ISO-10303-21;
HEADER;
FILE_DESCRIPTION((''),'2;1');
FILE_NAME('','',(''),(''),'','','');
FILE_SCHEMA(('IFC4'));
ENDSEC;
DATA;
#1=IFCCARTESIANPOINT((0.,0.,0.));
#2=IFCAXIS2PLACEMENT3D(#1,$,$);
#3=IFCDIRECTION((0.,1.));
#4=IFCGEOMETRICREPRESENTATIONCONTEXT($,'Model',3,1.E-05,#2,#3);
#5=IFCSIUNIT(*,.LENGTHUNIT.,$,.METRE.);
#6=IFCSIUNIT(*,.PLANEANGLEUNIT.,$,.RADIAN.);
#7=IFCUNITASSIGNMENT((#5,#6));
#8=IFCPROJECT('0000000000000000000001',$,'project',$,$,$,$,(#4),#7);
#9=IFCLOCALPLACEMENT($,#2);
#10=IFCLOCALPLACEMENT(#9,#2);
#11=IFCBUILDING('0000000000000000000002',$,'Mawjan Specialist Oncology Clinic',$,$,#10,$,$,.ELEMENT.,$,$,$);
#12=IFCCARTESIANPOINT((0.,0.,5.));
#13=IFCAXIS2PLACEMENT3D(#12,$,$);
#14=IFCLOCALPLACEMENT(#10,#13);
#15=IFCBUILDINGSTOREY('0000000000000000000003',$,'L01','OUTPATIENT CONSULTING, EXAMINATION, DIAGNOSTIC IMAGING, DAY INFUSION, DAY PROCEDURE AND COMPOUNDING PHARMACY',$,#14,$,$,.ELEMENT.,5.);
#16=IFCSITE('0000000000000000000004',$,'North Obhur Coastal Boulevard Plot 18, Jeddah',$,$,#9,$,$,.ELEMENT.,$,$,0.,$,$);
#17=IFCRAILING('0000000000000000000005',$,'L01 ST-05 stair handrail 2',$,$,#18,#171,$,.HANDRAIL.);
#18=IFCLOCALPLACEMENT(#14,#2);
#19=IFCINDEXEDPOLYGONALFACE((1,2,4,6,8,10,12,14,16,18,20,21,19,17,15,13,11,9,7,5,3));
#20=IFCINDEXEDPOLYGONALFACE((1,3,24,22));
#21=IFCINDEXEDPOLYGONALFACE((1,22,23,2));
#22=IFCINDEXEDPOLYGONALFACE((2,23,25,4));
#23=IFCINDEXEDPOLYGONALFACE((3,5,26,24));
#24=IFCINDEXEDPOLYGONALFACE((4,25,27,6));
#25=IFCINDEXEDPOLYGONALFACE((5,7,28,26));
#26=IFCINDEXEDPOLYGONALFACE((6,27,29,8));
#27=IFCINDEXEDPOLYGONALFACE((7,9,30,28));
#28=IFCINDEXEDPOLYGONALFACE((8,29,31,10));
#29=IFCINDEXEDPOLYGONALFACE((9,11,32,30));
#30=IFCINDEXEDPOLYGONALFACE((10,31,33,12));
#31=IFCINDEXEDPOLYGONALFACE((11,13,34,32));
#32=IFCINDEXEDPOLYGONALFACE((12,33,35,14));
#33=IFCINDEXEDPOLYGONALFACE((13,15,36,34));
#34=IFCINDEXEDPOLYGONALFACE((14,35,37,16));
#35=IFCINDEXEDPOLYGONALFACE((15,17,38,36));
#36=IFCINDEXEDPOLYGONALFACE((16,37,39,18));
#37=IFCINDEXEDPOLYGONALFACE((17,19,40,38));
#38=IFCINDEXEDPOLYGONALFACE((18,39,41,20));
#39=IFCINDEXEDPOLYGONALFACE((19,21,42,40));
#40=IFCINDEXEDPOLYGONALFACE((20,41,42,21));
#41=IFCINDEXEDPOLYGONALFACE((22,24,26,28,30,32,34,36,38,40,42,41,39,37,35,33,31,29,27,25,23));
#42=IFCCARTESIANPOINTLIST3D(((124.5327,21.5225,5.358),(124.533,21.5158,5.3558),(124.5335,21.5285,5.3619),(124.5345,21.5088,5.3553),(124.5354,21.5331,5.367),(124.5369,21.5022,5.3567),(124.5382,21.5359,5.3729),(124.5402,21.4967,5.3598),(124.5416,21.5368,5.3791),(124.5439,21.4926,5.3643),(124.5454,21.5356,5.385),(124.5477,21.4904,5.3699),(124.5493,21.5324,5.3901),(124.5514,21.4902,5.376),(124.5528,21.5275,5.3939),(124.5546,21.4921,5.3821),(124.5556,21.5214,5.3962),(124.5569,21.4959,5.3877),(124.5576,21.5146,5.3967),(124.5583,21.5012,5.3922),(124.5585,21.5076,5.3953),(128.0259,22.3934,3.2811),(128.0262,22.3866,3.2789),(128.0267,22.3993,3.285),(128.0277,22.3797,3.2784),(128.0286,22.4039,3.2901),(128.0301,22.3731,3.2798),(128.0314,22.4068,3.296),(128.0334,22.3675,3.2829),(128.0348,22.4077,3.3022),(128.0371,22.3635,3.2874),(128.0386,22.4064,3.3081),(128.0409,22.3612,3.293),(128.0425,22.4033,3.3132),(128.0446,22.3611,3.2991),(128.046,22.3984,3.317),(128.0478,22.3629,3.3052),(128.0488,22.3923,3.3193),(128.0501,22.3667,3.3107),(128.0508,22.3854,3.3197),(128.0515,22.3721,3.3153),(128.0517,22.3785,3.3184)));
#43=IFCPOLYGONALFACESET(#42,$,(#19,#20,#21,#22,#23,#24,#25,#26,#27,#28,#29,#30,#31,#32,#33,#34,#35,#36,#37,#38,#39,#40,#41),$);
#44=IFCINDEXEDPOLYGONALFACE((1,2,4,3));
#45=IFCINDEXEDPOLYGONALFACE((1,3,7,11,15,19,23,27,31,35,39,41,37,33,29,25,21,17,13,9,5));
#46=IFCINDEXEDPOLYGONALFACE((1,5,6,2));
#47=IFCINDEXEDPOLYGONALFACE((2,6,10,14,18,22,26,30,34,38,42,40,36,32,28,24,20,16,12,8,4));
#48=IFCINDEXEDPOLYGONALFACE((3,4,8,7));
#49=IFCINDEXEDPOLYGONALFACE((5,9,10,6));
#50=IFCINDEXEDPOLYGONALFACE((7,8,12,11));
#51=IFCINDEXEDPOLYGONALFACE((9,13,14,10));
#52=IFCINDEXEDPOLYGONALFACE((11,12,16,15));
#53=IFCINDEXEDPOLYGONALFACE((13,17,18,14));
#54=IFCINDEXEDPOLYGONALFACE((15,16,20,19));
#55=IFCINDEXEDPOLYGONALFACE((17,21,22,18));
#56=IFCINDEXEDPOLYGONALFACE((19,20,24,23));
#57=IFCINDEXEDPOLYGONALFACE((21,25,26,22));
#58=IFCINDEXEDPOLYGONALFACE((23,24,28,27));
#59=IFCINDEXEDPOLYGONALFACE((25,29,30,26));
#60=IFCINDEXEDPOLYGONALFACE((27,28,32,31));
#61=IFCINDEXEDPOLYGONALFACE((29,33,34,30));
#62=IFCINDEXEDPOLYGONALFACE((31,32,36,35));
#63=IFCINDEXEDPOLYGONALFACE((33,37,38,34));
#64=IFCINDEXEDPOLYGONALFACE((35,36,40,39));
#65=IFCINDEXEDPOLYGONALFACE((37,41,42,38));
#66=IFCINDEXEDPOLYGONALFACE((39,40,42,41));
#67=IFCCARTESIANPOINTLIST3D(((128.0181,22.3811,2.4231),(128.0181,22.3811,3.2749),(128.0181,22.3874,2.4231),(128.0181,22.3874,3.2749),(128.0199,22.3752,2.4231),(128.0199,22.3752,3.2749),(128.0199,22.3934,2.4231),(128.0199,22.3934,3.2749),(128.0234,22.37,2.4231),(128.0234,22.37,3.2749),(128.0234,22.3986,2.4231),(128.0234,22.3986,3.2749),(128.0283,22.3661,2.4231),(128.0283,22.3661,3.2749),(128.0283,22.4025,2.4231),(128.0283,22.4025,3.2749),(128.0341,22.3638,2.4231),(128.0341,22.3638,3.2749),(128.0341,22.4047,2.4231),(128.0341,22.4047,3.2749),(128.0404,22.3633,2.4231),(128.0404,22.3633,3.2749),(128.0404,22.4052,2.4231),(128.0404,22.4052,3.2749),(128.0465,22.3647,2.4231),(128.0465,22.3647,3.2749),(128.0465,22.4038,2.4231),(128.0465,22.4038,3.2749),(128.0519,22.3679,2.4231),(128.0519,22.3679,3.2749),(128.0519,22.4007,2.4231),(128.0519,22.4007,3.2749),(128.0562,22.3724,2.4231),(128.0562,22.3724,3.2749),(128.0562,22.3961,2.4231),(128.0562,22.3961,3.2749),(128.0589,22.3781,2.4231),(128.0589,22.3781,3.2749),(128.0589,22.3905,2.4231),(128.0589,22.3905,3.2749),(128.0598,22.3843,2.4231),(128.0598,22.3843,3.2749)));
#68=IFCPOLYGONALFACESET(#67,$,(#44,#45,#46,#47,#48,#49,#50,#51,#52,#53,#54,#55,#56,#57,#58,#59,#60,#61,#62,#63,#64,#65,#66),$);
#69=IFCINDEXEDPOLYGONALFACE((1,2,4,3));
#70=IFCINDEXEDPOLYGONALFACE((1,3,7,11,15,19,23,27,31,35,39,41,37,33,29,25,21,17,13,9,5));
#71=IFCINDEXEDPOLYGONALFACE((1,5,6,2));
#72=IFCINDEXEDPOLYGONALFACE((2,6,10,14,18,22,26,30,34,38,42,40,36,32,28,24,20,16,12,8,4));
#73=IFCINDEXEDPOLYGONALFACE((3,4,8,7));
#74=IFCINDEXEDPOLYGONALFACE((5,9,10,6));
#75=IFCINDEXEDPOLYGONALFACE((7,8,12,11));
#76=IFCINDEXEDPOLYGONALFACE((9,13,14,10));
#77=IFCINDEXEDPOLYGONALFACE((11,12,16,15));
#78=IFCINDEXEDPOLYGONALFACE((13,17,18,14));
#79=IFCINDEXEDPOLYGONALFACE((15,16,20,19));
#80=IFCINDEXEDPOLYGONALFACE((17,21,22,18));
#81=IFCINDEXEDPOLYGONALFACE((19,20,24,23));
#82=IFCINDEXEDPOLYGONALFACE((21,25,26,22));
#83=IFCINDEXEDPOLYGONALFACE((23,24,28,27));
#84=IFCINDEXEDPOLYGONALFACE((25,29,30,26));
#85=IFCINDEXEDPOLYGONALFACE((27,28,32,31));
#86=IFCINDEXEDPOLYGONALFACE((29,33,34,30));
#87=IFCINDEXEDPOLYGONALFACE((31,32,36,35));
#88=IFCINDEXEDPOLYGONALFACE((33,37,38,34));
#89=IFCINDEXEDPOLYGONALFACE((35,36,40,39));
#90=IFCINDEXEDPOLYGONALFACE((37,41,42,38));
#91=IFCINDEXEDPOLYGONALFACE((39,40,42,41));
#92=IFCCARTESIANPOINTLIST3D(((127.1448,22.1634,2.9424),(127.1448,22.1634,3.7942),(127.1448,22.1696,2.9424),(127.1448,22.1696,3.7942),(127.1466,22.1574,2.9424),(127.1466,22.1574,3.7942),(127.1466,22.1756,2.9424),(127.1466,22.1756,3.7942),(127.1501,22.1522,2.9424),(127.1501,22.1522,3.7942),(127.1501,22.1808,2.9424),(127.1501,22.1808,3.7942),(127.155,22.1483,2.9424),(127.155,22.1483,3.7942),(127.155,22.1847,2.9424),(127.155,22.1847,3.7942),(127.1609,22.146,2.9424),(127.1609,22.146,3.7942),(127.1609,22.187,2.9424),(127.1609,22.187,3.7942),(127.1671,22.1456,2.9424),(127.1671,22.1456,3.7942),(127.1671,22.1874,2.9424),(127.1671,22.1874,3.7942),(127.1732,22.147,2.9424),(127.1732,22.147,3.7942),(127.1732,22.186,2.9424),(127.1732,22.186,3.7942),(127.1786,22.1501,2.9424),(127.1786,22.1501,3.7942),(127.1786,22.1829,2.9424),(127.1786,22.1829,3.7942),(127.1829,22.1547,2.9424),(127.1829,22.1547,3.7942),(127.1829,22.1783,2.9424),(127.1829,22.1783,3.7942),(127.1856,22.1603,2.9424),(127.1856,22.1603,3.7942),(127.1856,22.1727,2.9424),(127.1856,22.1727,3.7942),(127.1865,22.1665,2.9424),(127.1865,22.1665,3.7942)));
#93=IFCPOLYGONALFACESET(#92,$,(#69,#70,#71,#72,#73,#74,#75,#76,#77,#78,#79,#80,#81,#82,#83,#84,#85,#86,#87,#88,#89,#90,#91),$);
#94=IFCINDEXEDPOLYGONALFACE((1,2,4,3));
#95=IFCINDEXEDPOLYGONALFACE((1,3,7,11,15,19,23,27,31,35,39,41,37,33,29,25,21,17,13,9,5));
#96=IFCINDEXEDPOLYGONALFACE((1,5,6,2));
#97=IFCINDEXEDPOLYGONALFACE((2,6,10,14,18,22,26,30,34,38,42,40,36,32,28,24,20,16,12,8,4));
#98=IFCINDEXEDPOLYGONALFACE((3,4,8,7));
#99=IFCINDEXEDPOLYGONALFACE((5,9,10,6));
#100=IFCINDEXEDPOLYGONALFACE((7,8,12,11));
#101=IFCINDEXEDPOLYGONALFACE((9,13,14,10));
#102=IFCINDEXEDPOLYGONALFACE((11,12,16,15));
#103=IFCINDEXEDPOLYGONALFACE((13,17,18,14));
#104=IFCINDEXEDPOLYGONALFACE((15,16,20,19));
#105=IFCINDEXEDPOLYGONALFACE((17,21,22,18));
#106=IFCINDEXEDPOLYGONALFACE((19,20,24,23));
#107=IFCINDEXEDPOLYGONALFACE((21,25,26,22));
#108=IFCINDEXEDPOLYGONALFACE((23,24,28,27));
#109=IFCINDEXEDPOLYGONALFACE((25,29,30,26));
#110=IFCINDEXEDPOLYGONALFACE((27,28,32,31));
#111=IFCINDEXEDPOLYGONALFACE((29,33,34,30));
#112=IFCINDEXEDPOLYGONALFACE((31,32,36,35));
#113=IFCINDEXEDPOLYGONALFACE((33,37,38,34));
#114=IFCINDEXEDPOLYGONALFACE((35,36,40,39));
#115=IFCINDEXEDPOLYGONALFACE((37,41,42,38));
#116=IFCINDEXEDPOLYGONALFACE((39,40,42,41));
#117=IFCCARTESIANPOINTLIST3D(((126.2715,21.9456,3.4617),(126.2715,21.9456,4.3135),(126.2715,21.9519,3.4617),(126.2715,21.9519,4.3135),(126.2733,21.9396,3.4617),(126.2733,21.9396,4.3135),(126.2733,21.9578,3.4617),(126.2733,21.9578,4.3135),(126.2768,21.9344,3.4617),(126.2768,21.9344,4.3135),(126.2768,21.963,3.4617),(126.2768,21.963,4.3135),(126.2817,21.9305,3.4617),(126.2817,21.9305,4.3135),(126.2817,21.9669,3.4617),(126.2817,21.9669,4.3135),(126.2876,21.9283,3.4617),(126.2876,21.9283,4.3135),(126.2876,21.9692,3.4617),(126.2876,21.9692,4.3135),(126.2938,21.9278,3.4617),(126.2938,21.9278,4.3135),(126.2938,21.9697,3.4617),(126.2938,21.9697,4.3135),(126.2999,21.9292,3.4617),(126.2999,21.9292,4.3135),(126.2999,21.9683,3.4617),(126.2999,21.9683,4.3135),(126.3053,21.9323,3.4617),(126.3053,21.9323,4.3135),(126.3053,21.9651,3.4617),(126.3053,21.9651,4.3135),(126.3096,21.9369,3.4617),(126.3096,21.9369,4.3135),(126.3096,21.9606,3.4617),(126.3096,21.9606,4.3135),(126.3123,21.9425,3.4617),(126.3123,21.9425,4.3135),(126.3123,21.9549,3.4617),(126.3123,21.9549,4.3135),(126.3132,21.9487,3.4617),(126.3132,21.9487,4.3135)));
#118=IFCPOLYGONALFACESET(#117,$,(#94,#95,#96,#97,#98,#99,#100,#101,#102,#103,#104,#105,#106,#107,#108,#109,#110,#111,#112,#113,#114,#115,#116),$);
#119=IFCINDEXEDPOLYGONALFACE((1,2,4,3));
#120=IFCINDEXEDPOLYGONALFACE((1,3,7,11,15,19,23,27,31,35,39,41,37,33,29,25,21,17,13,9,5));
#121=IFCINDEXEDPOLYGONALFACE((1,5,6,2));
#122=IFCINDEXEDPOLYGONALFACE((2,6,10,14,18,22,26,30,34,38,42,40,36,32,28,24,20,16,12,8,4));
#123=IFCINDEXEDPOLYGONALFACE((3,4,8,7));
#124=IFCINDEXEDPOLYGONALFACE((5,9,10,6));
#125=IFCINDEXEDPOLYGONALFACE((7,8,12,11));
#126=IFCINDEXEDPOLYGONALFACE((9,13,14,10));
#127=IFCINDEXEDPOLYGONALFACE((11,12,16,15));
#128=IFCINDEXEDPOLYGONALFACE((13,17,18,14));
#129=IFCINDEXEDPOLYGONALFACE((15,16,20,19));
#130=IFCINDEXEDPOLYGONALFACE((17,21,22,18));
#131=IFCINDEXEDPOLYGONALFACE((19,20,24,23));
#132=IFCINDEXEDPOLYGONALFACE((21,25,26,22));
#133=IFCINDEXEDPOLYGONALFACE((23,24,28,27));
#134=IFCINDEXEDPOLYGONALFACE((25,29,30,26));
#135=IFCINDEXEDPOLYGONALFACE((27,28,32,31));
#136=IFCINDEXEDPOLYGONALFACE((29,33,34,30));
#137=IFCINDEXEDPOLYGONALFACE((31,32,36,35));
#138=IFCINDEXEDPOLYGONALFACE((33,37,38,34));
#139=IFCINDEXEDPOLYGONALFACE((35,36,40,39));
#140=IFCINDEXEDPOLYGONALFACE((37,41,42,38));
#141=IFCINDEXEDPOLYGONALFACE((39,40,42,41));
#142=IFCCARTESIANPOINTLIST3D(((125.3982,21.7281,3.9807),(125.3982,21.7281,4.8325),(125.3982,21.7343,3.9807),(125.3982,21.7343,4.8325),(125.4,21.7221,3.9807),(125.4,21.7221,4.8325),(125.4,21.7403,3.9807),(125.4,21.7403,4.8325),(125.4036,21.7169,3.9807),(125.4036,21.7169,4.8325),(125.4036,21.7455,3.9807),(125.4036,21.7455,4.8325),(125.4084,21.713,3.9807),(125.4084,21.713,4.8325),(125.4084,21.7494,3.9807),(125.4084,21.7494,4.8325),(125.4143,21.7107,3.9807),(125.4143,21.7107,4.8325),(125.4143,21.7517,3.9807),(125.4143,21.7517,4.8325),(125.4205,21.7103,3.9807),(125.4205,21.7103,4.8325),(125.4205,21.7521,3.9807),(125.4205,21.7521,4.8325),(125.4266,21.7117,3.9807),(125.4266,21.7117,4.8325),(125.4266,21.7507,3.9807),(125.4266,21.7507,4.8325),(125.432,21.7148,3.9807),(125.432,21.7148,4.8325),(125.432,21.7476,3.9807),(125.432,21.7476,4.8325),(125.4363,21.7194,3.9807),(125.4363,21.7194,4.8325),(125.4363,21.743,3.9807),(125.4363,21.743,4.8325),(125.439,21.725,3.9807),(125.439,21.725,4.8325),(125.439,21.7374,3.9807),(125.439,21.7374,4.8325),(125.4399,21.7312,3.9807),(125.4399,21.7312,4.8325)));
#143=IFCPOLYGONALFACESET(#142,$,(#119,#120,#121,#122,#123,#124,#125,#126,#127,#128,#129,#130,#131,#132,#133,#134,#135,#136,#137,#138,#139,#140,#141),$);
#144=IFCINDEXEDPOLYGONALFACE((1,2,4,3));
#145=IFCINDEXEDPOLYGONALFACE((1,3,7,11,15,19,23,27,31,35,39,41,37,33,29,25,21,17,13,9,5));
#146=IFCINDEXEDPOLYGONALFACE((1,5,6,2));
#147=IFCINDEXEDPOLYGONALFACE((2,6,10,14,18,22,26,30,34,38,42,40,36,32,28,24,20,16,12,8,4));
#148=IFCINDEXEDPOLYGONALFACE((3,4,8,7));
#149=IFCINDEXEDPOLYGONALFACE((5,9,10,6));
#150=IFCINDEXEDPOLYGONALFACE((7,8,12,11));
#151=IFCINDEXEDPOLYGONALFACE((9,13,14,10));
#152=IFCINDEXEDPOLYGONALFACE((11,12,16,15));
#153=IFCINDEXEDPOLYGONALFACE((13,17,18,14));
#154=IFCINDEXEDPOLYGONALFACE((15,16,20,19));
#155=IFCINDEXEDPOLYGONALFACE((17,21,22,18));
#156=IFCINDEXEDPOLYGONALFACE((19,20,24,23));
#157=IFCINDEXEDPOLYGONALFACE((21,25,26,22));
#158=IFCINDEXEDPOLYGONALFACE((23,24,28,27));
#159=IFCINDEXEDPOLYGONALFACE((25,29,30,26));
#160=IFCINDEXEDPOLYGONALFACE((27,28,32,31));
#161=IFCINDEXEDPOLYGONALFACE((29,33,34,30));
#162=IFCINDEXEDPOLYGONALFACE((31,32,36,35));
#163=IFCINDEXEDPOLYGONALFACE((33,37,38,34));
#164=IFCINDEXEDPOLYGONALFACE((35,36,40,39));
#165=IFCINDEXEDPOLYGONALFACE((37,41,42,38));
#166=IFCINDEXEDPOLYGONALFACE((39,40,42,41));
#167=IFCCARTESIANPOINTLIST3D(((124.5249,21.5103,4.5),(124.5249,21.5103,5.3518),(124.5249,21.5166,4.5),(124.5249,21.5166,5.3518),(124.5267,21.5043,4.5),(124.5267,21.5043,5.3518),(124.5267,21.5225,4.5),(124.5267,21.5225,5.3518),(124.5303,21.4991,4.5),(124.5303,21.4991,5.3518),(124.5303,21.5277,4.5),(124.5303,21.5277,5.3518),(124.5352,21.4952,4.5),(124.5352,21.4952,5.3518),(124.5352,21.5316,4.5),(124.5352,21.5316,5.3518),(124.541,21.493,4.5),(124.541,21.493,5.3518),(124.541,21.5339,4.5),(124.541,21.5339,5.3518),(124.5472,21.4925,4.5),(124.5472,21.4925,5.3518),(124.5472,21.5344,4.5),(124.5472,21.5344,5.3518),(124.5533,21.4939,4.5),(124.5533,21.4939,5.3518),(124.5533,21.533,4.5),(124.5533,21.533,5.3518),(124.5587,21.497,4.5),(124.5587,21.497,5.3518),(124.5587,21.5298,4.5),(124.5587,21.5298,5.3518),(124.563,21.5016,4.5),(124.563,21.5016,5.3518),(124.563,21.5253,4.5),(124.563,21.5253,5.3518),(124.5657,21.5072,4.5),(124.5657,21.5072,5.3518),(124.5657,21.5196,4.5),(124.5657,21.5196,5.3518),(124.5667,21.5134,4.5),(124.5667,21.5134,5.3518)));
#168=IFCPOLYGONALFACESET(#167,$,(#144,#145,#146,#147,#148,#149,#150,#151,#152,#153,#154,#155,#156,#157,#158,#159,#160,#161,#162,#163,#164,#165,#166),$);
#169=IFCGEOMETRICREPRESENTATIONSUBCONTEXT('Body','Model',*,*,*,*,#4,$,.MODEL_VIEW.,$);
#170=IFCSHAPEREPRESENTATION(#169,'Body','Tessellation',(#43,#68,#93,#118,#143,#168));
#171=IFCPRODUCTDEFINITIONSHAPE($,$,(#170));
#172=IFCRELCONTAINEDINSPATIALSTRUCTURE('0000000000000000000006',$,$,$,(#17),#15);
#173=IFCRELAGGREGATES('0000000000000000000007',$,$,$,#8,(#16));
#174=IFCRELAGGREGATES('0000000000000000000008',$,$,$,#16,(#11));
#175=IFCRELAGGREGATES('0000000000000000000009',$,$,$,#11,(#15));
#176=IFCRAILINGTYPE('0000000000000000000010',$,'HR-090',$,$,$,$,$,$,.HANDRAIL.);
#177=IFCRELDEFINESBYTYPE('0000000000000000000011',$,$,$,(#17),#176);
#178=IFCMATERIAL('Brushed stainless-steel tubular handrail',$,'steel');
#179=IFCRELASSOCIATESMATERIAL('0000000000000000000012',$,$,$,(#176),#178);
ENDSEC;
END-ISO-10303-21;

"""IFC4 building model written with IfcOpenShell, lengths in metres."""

from ifc_helpers import new_model, si_unit, direction, frame, origin, origin_2d, place, context, subcontext, project, spatial, circle, extrude, material, type_object, element, save


model = new_model("IFC4")

# Units and contexts
model_context = context("Model", 3, precision=1e-05, world=origin(), true_north=direction((0.0, 1.0)))
body_context = subcontext(model_context, "Body", "Model", "MODEL_VIEW")
ifc_project = project(units=[si_unit("LENGTHUNIT", "METRE"), si_unit("PLANEANGLEUNIT", "RADIAN")], contexts=[model_context])

# Site, building, storey
site_placement = place(None, origin())
site = spatial("IfcSite", under=ifc_project, at=site_placement, Name="North Obhur Coastal Boulevard Plot 18, Jeddah", CompositionType="ELEMENT", RefElevation=0.0)
building_placement = place(site_placement, origin())
building = spatial("IfcBuilding", under=site, at=building_placement, Name="Mawjan Specialist Oncology Clinic", CompositionType="ELEMENT")
storey_placement = place(building_placement, frame((0.0, 0.0, 5.0)))
storey = spatial("IfcBuildingStorey", under=building, at=storey_placement, Name="L01", Description="OUTPATIENT CONSULTING, EXAMINATION, DIAGNOSTIC IMAGING, DAY INFUSION, DAY PROCEDURE AND COMPOUNDING PHARMACY", CompositionType="ELEMENT", Elevation=5.0)

# Railing
ifc_material_1 = material(Name="Brushed stainless-steel tubular handrail", Category="steel")
railing_type = type_object("IfcRailingType", Name="HR-090", PredefinedType="HANDRAIL", material=ifc_material_1)
railing_placement = place(storey_placement, frame((128.0388, 22.3843, 2.4231)))
element("IfcRailing", 1, at=railing_placement, inside=storey, type_object=railing_type, Name="L01 ST-05 stair handrail 2", PredefinedType="HANDRAIL", context=body_context, shape_type="SweptSolid", body=[
    extrude(circle(Radius=0.0239, at=origin_2d()), frame((0.0, 0.0, 0.876), z_axis=(-0.840468, -0.20953, 0.499711), x_axis=(0.241897, -0.970302, 0.0)), (0.0, 0.0, 1.0), 4.1562),
    extrude(circle(Radius=0.021, at=origin_2d()), origin(), (0.0, 0.0, 1.0), 0.8518),
    extrude(circle(Radius=0.021, at=origin_2d()), frame((-0.8733, -0.2178, 0.5193)), (0.0, 0.0, 1.0), 0.8518),
    extrude(circle(Radius=0.021, at=origin_2d()), frame((-1.7466, -0.4355, 1.0386)), (0.0, 0.0, 1.0), 0.8518),
    extrude(circle(Radius=0.021, at=origin_2d()), frame((-2.6199, -0.6531, 1.5576)), (0.0, 0.0, 1.0), 0.8518),
    extrude(circle(Radius=0.021, at=origin_2d()), frame((-3.4932, -0.8708, 2.0769)), (0.0, 0.0, 1.0), 0.8518),
])

save(model, "model.ifc")
